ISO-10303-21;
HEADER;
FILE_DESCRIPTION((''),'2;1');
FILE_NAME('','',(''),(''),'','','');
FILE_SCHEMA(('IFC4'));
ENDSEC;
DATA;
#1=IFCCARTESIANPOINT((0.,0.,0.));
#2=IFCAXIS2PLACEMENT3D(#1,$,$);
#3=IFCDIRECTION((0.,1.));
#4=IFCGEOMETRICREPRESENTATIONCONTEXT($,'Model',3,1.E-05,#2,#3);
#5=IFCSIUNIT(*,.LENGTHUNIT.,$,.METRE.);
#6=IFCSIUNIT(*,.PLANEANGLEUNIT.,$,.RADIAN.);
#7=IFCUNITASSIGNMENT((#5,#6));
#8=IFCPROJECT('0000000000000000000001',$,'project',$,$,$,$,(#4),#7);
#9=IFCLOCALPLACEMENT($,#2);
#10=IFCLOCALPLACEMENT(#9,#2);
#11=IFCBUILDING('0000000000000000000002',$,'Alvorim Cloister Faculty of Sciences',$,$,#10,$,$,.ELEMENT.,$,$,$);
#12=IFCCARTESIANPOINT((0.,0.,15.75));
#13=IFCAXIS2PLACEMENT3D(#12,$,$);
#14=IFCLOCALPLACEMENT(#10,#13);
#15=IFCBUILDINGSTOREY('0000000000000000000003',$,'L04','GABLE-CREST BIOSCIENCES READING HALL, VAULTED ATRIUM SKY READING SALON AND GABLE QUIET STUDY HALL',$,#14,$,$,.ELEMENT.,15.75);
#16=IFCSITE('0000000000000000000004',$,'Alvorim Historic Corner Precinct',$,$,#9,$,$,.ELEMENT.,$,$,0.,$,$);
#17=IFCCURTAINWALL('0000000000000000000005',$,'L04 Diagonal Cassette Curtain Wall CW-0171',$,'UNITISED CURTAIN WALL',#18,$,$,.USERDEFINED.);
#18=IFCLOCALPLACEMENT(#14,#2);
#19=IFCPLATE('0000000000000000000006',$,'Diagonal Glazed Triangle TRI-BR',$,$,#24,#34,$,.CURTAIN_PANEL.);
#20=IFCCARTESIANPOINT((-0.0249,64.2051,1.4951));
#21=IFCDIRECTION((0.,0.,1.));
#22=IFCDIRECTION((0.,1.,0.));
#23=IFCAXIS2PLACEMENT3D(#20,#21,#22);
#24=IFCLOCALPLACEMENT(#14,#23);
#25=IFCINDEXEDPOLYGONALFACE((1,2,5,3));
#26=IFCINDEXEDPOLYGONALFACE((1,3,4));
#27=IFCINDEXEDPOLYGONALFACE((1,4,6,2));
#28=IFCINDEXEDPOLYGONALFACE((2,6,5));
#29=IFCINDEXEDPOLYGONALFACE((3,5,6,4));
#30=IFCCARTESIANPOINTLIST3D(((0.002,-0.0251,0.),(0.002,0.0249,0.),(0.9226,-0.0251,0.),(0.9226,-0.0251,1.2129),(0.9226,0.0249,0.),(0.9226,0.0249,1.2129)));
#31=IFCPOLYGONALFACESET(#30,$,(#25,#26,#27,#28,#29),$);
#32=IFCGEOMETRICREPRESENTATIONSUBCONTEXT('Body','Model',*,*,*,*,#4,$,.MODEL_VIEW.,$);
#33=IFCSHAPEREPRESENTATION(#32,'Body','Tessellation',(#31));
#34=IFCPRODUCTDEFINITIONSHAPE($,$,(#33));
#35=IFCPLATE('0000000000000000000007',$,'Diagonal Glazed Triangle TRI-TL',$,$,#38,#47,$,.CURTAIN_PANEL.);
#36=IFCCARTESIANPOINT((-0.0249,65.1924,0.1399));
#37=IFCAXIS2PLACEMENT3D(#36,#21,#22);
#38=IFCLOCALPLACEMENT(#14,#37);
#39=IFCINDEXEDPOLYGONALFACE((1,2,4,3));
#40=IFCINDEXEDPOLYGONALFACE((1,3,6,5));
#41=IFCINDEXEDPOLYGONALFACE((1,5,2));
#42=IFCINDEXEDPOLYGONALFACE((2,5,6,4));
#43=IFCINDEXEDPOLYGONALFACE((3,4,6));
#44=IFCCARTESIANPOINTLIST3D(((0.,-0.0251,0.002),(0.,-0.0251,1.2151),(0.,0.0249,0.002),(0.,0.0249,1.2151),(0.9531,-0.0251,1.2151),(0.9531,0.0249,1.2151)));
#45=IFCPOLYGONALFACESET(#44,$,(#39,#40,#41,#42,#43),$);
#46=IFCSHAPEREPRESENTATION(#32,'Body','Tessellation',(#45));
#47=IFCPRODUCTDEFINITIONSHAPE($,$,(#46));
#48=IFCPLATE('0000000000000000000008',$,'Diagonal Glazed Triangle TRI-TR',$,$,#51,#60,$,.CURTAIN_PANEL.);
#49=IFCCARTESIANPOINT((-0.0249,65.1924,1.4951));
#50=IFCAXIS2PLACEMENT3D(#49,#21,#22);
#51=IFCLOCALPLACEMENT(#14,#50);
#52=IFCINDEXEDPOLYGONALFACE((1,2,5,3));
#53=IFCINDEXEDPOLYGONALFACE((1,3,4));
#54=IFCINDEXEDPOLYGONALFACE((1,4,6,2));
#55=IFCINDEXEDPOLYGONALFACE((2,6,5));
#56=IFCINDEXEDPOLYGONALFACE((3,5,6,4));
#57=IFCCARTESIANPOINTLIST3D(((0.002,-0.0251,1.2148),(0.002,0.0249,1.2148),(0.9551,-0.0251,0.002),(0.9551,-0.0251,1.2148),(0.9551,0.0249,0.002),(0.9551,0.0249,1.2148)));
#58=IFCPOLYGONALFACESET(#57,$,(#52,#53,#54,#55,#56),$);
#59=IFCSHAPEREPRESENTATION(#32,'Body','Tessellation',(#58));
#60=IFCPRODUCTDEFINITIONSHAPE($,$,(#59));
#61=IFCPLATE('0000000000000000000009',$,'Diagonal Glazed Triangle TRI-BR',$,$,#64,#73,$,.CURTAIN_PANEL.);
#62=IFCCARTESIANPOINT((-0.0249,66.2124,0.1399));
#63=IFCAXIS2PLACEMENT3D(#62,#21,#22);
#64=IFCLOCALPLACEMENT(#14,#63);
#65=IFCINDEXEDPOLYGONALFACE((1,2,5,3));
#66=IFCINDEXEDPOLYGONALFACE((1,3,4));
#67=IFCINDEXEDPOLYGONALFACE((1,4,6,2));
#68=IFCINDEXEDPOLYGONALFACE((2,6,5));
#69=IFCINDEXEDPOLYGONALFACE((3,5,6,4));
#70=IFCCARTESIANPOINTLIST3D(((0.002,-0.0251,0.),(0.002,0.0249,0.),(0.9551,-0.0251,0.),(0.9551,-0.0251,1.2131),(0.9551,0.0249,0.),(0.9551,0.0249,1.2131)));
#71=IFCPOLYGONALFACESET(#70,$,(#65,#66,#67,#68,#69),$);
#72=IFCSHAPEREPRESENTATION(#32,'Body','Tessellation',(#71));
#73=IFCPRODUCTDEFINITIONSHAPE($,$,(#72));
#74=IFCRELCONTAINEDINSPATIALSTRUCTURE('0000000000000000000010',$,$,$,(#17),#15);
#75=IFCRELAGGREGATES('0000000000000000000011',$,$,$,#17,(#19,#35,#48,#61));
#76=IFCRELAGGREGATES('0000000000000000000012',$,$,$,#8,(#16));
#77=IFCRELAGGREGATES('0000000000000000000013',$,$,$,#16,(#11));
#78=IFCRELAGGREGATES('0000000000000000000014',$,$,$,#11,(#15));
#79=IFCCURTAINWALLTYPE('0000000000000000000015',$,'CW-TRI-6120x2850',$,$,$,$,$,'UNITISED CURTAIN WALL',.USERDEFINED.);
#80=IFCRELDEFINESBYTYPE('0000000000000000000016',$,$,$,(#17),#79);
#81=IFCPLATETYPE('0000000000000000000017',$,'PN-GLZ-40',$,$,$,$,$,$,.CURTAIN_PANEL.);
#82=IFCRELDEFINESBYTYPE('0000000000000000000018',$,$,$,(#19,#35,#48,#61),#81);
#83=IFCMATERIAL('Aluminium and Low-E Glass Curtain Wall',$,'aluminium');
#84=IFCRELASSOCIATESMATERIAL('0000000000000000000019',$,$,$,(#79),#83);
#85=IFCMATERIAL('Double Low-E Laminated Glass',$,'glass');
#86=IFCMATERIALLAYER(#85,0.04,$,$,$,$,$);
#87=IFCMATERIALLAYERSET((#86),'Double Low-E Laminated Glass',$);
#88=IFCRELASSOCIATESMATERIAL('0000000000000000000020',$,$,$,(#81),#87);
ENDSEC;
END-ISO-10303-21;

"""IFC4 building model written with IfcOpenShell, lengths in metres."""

from ifc_helpers import new_model, si_unit, direction, frame, origin, place, context, subcontext, project, spatial, polyline, outline, extrude, material, layer, layer_set, type_object, element, aggregate, save


model = new_model("IFC4")

# Units and contexts
model_context = context("Model", 3, precision=1e-05, world=origin(), true_north=direction((0.0, 1.0)))
body_context = subcontext(model_context, "Body", "Model", "MODEL_VIEW")
ifc_project = project(units=[si_unit("LENGTHUNIT", "METRE"), si_unit("PLANEANGLEUNIT", "RADIAN")], contexts=[model_context])

# Site, building, storey
site_placement = place(None, origin())
site = spatial("IfcSite", under=ifc_project, at=site_placement, Name="Alvorim Historic Corner Precinct", CompositionType="ELEMENT", RefElevation=0.0)
building_placement = place(site_placement, origin())
building = spatial("IfcBuilding", under=site, at=building_placement, Name="Alvorim Cloister Faculty of Sciences", CompositionType="ELEMENT")
storey_placement = place(building_placement, frame((0.0, 0.0, 15.75)))
storey = spatial("IfcBuildingStorey", under=building, at=storey_placement, Name="L04", Description="GABLE-CREST BIOSCIENCES READING HALL, VAULTED ATRIUM SKY READING SALON AND GABLE QUIET STUDY HALL", CompositionType="ELEMENT", Elevation=15.75)

# Curtain wall, plates
ifc_material_1 = material(Name="Aluminium and Low-E Glass Curtain Wall", Category="aluminium")
curtain_wall_type = type_object("IfcCurtainWallType", Name="CW-TRI-6120x2850", ElementType="UNITISED CURTAIN WALL", PredefinedType="USERDEFINED", material=ifc_material_1)
curtain_wall_placement = place(storey_placement, origin())
curtain_wall = element("IfcCurtainWall", 1, at=curtain_wall_placement, inside=storey, type_object=curtain_wall_type, Name="L04 Diagonal Cassette Curtain Wall CW-0171", ObjectType="UNITISED CURTAIN WALL", PredefinedType="USERDEFINED")
ifc_material_2 = material(Name="Double Low-E Laminated Glass", Category="glass")
ifc_layer_1 = layer(ifc_material_2, 0.04)
ifc_layer_set_1 = layer_set([ifc_layer_1], Name="Double Low-E Laminated Glass")
plate_type = type_object("IfcPlateType", Name="PN-GLZ-40", PredefinedType="CURTAIN_PANEL", material=ifc_layer_set_1)
plate_1_placement = place(storey_placement, frame((-0.0249, 64.2051, 1.4951), z_axis=(0.0, 0.0, 1.0), x_axis=(0.0, 1.0, 0.0)))
plate_1 = element("IfcPlate", 2, at=plate_1_placement, type_object=plate_type, Name="Diagonal Glazed Triangle TRI-BR", PredefinedType="CURTAIN_PANEL", context=body_context, shape_type="SweptSolid", body=[
    extrude(outline(polyline([(0.002, 0.0), (0.9226, 0.0), (0.9226, 1.2129), (0.002, 0.0)])), frame((0.0, 0.0249, 0.0), z_axis=(0.0, -1.0, 0.0), x_axis=(1.0, 0.0, 0.0)), (0.0, 0.0, 1.0), 0.05),
])
plate_2_placement = place(storey_placement, frame((-0.0249, 65.1924, 0.1399), z_axis=(0.0, 0.0, 1.0), x_axis=(0.0, 1.0, 0.0)))
plate_2 = element("IfcPlate", 3, at=plate_2_placement, type_object=plate_type, Name="Diagonal Glazed Triangle TRI-TL", PredefinedType="CURTAIN_PANEL", context=body_context, shape_type="SweptSolid", body=[
    extrude(outline(polyline([(0.9531, 1.2151), (0.0, 1.2151), (0.0, 0.002), (0.9531, 1.2151)])), frame((0.0, 0.0249, 0.0), z_axis=(0.0, -1.0, 0.0), x_axis=(1.0, 0.0, 0.0)), (0.0, 0.0, 1.0), 0.05),
])
plate_3_placement = place(storey_placement, frame((-0.0249, 65.1924, 1.4951), z_axis=(0.0, 0.0, 1.0), x_axis=(0.0, 1.0, 0.0)))
plate_3 = element("IfcPlate", 4, at=plate_3_placement, type_object=plate_type, Name="Diagonal Glazed Triangle TRI-TR", PredefinedType="CURTAIN_PANEL", context=body_context, shape_type="SweptSolid", body=[
    extrude(outline(polyline([(0.9551, 0.002), (0.9551, 1.2148), (0.002, 1.2148), (0.9551, 0.002)])), frame((0.0, 0.0249, 0.0), z_axis=(0.0, -1.0, 0.0), x_axis=(1.0, 0.0, 0.0)), (0.0, 0.0, 1.0), 0.05),
])
plate_4_placement = place(storey_placement, frame((-0.0249, 66.2124, 0.1399), z_axis=(0.0, 0.0, 1.0), x_axis=(0.0, 1.0, 0.0)))
plate_4 = element("IfcPlate", 5, at=plate_4_placement, type_object=plate_type, Name="Diagonal Glazed Triangle TRI-BR", PredefinedType="CURTAIN_PANEL", context=body_context, shape_type="SweptSolid", body=[
    extrude(outline(polyline([(0.002, 0.0), (0.9551, 0.0), (0.9551, 1.2131), (0.002, 0.0)])), frame((0.0, 0.0249, 0.0), z_axis=(0.0, -1.0, 0.0), x_axis=(1.0, 0.0, 0.0)), (0.0, 0.0, 1.0), 0.05),
])
aggregate(curtain_wall, [plate_1, plate_2, plate_3, plate_4])

save(model, "model.ifc")
